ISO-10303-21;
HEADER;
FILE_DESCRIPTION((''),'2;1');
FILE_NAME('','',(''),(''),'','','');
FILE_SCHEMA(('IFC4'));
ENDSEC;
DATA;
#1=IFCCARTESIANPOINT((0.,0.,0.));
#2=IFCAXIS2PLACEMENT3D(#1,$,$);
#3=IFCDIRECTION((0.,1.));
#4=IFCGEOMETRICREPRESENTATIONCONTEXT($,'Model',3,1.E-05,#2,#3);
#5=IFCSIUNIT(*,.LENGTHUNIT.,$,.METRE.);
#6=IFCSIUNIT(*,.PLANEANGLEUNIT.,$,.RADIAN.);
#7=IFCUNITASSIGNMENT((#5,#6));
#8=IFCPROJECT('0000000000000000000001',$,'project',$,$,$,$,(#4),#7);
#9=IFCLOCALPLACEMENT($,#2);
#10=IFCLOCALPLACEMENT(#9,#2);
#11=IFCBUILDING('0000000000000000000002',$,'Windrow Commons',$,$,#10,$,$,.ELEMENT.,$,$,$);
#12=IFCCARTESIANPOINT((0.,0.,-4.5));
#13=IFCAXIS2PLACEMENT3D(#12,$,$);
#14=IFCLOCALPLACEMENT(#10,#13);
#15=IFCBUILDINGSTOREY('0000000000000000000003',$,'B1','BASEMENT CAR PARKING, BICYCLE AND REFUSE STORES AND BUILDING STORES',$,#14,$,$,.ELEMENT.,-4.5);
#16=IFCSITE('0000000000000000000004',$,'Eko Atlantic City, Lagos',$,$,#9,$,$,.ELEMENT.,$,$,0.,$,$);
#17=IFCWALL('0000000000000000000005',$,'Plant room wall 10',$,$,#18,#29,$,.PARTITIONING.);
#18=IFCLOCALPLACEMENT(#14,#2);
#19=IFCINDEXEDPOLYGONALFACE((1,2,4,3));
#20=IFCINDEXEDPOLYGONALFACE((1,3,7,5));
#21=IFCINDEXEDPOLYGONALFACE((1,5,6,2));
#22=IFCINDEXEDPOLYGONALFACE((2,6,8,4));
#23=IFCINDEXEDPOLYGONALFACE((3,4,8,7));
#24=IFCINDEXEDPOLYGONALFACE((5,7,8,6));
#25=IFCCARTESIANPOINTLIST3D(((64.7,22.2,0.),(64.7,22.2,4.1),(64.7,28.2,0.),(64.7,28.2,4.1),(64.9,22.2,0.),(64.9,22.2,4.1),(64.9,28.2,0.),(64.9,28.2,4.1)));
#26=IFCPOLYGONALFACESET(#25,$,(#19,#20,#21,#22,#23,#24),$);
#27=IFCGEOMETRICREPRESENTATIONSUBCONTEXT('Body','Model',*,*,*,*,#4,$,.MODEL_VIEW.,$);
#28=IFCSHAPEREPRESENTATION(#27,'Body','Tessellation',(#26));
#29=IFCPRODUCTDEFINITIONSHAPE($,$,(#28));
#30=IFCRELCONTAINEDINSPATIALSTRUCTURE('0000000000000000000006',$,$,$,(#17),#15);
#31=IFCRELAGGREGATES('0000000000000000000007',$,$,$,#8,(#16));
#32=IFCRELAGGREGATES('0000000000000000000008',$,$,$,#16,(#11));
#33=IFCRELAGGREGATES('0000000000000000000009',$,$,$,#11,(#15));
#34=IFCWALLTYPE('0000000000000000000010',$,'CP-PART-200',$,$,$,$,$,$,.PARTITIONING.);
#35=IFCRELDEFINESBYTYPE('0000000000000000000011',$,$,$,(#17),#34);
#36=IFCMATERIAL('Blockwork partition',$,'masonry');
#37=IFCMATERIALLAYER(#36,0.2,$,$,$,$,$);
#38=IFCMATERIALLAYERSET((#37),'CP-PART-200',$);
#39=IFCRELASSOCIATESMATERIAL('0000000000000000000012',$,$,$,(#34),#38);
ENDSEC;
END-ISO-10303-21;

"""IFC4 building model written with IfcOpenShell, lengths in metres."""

from ifc_helpers import new_model, si_unit, direction, frame, frame_2d, origin, place, context, subcontext, project, spatial, rectangle, extrude, material, layer, layer_set, type_object, element, save


model = new_model("IFC4")

# Units and contexts
model_context = context("Model", 3, precision=1e-05, world=origin(), true_north=direction((0.0, 1.0)))
body_context = subcontext(model_context, "Body", "Model", "MODEL_VIEW")
ifc_project = project(units=[si_unit("LENGTHUNIT", "METRE"), si_unit("PLANEANGLEUNIT", "RADIAN")], contexts=[model_context])

# Site, building, storey
site_placement = place(None, origin())
site = spatial("IfcSite", under=ifc_project, at=site_placement, Name="Eko Atlantic City, Lagos", CompositionType="ELEMENT", RefElevation=0.0)
building_placement = place(site_placement, origin())
building = spatial("IfcBuilding", under=site, at=building_placement, Name="Windrow Commons", CompositionType="ELEMENT")
storey_placement = place(building_placement, frame((0.0, 0.0, -4.5)))
storey = spatial("IfcBuildingStorey", under=building, at=storey_placement, Name="B1", Description="BASEMENT CAR PARKING, BICYCLE AND REFUSE STORES AND BUILDING STORES", CompositionType="ELEMENT", Elevation=-4.5)

# Wall
ifc_material_1 = material(Name="Blockwork partition", Category="masonry")
ifc_layer = layer(ifc_material_1, 0.2)
ifc_layer_set = layer_set([ifc_layer], Name="CP-PART-200")
wall_type = type_object("IfcWallType", Name="CP-PART-200", PredefinedType="PARTITIONING", material=ifc_layer_set)
wall_1_placement = place(storey_placement, frame((64.8, 22.2, 0.0), z_axis=(0.0, 0.0, 1.0), x_axis=(0.0, 1.0, 0.0)))
element("IfcWall", 1, at=wall_1_placement, inside=storey, type_object=wall_type, Name="Plant room wall 10", PredefinedType="PARTITIONING", context=body_context, shape_type="SweptSolid", body=[
    extrude(rectangle(XDim=6.0, YDim=0.2, at=frame_2d((3.0, 0.0))), origin(), (0.0, 0.0, 1.0), 4.1),
])

save(model, "model.ifc")
